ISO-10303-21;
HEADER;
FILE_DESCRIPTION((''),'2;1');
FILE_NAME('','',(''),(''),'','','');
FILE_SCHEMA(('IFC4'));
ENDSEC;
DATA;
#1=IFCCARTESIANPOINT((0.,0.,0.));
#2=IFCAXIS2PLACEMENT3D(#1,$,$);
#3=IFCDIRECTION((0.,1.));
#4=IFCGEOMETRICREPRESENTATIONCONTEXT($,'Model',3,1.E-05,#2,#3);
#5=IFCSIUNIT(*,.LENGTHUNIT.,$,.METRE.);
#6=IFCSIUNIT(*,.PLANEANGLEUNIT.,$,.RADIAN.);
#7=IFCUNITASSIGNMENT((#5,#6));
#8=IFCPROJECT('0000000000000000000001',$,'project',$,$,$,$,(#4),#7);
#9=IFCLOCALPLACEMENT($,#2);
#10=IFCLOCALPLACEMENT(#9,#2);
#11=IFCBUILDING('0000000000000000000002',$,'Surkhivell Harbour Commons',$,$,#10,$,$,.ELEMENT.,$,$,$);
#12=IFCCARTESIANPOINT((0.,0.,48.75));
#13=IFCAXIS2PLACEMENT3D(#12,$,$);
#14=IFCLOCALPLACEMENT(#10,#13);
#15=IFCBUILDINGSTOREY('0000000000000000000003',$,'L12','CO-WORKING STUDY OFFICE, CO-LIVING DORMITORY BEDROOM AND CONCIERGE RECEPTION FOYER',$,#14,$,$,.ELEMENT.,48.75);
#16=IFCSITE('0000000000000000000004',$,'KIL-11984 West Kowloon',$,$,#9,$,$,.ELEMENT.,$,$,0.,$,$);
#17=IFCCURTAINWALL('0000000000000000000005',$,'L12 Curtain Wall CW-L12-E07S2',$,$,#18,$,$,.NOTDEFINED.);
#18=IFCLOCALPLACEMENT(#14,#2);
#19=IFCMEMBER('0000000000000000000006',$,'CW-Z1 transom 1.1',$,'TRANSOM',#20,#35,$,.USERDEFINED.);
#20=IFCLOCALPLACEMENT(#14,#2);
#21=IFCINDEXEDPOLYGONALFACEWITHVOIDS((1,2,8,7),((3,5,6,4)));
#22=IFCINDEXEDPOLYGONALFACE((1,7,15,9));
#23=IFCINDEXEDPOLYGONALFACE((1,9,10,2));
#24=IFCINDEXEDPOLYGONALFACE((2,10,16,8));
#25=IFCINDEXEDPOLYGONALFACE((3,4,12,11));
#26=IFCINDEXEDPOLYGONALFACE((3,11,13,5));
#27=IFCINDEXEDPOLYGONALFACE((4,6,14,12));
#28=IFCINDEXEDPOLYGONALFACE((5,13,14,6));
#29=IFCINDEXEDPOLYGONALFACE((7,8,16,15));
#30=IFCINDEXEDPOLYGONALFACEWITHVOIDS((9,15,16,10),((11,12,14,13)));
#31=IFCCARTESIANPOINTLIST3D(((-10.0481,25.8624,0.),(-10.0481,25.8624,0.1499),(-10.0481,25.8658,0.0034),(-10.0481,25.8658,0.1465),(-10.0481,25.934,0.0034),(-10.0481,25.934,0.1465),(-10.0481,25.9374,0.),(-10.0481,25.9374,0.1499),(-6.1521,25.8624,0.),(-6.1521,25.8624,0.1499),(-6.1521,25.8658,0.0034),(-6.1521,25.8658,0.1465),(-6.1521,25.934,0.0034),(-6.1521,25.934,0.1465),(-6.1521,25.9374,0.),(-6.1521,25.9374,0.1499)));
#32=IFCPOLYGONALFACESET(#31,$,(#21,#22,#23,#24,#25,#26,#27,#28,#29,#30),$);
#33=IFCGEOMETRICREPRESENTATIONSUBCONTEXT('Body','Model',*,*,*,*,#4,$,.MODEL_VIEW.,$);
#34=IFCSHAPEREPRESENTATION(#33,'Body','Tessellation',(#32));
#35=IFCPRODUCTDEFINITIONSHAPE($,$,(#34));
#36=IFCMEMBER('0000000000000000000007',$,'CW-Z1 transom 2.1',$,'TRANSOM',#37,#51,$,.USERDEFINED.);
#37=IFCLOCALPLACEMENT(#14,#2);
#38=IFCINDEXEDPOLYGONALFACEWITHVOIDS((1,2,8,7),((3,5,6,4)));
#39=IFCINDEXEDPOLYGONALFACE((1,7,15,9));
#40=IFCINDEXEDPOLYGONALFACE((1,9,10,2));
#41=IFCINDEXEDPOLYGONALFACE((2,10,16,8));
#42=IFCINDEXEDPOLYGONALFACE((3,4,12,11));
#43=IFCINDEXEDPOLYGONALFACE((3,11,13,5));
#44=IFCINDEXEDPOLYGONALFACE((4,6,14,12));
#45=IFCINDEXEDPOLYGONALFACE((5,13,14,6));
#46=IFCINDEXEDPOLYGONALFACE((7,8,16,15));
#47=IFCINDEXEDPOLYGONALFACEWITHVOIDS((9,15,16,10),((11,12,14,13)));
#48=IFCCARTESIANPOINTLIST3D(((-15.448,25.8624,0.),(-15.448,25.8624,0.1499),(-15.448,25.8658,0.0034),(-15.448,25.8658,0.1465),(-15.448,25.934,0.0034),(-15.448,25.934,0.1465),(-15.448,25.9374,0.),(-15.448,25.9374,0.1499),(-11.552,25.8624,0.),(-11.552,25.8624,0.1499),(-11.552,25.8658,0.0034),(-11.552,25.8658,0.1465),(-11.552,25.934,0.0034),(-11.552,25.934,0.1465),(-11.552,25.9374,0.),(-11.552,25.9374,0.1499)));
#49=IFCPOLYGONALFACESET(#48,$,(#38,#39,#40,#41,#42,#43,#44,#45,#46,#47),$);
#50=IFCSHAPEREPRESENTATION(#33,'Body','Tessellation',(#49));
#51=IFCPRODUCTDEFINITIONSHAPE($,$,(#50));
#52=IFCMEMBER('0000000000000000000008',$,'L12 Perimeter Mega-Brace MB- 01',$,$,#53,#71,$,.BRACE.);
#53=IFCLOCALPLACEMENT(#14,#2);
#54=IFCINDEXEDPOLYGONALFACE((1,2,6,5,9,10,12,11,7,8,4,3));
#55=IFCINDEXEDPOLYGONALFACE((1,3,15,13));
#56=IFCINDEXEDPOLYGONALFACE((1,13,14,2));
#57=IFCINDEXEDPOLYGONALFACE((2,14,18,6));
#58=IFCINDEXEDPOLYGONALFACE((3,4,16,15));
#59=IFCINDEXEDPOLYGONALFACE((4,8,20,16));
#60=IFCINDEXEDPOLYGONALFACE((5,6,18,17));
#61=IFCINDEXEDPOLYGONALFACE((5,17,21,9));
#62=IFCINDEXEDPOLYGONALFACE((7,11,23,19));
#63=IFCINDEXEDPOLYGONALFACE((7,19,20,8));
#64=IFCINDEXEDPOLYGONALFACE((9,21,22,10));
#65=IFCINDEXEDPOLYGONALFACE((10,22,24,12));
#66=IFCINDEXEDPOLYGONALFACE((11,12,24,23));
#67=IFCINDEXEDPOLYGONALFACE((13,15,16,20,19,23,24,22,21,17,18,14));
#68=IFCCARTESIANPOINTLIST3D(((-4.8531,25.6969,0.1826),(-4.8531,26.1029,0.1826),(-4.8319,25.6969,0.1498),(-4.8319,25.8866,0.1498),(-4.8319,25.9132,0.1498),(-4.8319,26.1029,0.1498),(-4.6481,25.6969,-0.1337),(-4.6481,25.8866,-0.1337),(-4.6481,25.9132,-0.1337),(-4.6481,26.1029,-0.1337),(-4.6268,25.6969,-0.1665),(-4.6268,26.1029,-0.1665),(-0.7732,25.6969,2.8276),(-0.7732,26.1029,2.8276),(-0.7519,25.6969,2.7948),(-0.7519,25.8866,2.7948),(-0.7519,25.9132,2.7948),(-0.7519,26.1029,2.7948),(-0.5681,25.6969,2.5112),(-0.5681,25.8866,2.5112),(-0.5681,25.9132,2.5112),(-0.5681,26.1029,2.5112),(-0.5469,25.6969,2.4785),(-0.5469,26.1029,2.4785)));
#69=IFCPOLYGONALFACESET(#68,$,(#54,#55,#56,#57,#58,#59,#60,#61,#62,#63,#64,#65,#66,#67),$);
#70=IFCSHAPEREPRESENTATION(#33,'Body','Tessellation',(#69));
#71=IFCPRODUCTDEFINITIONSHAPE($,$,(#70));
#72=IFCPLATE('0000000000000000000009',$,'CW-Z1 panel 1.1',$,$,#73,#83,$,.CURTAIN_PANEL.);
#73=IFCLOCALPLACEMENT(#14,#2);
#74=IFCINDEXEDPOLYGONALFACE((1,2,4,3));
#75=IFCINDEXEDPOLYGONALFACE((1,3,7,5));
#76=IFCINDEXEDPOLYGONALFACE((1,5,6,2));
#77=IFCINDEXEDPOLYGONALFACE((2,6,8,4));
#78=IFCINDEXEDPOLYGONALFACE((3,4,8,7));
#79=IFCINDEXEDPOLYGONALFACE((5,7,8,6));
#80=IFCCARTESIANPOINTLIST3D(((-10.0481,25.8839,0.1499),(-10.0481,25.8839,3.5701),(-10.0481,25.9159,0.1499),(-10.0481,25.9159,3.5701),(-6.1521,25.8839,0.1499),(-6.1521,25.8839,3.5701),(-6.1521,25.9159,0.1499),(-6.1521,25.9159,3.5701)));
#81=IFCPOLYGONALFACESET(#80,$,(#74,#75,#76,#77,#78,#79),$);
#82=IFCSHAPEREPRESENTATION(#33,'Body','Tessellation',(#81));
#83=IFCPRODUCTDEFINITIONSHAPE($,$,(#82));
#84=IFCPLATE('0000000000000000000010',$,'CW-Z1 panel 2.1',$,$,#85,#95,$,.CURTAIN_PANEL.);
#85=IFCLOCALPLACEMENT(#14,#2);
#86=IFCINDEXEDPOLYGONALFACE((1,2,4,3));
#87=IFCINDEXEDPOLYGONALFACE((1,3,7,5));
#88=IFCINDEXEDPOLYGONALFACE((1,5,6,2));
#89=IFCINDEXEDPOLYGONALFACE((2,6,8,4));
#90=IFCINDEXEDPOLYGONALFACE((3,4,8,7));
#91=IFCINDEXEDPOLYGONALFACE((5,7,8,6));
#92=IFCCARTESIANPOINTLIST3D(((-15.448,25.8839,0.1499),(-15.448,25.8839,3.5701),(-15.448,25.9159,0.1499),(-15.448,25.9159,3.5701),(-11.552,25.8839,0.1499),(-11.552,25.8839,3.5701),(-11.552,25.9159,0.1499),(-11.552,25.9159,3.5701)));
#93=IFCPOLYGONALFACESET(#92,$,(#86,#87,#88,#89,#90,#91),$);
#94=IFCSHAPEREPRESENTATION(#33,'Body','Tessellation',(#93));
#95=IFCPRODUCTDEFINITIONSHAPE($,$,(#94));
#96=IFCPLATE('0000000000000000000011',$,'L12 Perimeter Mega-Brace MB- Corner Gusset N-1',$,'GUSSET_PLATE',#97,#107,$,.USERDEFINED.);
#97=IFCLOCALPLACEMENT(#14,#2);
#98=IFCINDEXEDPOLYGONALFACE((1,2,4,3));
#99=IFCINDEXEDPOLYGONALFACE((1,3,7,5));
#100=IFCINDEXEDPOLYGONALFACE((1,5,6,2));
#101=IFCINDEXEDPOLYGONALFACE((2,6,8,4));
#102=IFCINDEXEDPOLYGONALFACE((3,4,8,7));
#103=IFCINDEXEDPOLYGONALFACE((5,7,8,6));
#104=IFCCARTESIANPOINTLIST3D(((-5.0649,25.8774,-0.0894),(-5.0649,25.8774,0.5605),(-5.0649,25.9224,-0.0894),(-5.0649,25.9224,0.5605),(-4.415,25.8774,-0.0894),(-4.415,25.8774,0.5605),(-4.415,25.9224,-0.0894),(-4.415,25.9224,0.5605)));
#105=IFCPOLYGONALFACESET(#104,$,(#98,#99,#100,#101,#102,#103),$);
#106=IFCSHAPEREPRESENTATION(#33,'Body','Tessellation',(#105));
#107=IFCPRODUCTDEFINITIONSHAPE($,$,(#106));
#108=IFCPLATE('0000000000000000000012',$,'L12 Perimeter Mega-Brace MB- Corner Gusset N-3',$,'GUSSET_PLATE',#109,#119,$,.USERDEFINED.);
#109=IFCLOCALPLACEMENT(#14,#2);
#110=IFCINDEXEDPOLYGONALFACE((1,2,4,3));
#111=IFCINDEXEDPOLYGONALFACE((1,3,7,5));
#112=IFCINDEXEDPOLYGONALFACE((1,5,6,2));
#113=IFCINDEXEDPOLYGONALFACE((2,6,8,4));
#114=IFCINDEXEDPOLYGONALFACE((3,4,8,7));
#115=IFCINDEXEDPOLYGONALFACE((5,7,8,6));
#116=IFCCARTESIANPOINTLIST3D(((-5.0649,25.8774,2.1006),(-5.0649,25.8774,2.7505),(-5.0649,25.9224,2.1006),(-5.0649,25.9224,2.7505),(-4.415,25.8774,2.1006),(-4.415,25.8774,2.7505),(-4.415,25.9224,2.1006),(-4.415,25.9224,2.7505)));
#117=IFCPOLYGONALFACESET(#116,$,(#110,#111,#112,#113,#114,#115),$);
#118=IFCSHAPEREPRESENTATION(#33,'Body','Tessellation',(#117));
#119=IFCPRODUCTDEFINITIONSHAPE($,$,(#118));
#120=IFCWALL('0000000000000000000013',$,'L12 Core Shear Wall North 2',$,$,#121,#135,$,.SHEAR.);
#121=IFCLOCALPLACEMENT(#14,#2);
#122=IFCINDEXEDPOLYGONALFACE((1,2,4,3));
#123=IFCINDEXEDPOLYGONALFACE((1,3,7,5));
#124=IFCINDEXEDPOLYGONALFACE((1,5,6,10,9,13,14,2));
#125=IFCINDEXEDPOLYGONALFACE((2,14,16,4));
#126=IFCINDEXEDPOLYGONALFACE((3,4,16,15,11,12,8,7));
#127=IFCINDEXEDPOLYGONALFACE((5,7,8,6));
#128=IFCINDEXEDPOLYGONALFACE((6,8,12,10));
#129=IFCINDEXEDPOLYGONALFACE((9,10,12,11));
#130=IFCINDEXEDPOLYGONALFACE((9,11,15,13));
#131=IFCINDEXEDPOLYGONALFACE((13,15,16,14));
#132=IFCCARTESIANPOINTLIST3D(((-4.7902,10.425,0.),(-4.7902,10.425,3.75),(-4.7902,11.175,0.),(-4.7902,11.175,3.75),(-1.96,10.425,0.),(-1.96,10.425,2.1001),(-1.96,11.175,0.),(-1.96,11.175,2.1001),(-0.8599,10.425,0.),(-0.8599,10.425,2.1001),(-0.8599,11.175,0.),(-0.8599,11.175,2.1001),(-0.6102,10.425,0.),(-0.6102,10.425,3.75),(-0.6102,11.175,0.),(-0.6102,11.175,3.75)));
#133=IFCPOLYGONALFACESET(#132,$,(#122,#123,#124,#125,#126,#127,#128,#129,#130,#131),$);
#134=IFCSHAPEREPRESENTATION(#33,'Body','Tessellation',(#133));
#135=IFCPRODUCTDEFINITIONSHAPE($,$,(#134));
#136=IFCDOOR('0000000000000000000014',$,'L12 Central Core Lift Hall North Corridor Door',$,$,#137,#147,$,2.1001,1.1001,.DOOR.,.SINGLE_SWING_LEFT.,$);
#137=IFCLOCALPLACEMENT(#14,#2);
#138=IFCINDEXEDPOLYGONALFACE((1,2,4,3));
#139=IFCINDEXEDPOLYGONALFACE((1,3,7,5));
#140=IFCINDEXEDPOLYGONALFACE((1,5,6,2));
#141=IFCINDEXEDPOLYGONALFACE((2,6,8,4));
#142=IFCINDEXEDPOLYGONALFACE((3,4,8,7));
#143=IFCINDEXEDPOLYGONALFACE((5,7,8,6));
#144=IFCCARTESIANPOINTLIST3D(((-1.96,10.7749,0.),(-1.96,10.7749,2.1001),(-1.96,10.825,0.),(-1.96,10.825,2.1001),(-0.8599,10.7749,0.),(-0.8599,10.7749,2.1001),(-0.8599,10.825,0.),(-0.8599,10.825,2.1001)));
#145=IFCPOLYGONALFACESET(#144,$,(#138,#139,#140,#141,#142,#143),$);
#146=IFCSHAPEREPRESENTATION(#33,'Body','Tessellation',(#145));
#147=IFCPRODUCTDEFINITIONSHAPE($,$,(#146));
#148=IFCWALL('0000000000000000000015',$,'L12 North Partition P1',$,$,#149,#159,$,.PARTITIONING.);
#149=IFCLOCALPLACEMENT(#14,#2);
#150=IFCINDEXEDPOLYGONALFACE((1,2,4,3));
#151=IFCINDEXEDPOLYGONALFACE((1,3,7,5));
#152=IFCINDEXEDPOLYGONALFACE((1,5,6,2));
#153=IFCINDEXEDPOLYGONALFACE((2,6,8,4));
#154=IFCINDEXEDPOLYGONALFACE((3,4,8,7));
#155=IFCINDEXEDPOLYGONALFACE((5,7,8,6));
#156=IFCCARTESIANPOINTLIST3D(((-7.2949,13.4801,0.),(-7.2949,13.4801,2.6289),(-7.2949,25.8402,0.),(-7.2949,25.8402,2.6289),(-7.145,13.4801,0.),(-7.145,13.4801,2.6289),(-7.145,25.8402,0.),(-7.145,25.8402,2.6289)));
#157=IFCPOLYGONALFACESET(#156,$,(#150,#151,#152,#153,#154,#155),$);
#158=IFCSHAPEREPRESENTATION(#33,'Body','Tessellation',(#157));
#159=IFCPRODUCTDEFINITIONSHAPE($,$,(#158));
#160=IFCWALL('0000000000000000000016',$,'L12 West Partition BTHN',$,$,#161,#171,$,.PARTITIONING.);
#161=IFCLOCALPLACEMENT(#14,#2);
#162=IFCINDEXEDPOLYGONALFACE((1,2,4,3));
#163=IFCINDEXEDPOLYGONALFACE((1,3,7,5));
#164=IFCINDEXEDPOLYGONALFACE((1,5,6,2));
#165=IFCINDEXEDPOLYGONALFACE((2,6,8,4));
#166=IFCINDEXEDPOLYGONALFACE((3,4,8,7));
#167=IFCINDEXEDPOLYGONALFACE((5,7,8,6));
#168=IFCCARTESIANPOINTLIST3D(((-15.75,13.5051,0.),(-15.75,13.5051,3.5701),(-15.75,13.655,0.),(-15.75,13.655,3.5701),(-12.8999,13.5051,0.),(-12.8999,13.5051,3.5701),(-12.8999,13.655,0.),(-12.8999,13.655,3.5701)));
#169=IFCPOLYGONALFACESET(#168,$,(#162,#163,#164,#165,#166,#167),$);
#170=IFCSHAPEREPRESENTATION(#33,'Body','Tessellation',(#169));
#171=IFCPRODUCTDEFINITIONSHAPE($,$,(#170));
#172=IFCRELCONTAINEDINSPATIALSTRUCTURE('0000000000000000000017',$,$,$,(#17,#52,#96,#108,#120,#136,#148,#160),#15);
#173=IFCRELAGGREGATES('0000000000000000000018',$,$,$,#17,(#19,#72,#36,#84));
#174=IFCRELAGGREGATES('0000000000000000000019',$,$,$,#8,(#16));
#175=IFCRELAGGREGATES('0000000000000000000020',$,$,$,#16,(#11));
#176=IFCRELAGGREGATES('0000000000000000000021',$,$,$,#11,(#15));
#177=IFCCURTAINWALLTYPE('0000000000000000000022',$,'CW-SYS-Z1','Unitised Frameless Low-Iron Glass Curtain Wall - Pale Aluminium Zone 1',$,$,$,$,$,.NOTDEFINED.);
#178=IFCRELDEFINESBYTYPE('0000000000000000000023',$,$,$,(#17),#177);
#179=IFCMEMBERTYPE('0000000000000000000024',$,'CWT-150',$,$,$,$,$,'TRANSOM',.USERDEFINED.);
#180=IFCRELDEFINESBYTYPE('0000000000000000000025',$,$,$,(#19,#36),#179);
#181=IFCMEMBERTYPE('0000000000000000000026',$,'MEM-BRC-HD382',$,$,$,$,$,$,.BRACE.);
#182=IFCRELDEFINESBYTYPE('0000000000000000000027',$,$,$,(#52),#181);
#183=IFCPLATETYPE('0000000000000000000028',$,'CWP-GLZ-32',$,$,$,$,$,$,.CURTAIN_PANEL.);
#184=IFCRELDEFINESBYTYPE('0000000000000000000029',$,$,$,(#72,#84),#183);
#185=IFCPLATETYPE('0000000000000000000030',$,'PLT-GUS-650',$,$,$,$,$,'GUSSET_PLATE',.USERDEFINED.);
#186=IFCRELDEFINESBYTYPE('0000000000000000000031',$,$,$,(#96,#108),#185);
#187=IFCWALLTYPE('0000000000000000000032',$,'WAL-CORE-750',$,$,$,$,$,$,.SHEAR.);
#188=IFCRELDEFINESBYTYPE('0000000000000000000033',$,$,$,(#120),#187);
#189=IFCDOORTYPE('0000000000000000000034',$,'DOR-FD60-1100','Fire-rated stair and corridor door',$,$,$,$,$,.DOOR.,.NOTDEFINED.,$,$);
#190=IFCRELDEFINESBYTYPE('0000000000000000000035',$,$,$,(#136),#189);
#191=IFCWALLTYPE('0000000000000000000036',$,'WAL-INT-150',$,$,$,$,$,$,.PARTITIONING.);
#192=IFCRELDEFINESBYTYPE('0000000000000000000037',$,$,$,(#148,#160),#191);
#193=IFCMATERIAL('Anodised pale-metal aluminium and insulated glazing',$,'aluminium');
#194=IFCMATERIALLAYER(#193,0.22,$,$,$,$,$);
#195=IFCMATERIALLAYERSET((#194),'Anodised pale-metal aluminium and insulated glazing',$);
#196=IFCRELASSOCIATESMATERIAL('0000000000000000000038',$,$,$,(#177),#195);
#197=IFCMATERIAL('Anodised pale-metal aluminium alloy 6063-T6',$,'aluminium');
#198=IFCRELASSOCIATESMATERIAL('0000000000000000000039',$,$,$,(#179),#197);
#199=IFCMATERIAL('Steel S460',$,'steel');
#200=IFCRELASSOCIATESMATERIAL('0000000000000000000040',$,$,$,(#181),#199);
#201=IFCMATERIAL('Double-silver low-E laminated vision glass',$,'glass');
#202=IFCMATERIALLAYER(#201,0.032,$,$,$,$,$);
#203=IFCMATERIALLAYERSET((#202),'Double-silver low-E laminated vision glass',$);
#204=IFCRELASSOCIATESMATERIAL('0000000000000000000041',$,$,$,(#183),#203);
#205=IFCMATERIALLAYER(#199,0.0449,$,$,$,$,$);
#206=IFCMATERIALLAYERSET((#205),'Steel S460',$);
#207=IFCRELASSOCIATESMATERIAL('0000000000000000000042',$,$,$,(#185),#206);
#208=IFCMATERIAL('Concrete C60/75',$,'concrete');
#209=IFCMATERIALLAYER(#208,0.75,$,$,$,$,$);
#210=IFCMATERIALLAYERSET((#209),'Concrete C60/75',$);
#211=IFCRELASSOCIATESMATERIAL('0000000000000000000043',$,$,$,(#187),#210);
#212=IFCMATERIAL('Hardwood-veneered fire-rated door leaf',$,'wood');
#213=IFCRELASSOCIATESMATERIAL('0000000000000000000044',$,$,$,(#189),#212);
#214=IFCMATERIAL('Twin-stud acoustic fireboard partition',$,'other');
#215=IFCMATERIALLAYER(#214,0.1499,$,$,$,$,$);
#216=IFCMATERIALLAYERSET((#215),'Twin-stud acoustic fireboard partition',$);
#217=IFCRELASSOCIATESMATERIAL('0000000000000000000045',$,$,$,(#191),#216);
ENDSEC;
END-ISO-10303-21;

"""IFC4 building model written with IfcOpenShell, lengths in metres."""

from ifc_helpers import new_model, si_unit, direction, frame, frame_2d, origin, origin_2d, place, context, subcontext, project, spatial, rectangle, hollow_rectangle, i_section, extrude, material, layer, layer_set, material_profile, profile_set, type_object, element, fill, aggregate, save


model = new_model("IFC4")

# Units and contexts
model_context = context("Model", 3, precision=1e-05, world=origin(), true_north=direction((0.0, 1.0)))
body_context = subcontext(model_context, "Body", "Model", "MODEL_VIEW")
ifc_project = project(units=[si_unit("LENGTHUNIT", "METRE"), si_unit("PLANEANGLEUNIT", "RADIAN")], contexts=[model_context])

# Site, building, storey
site_placement = place(None, origin())
site = spatial("IfcSite", under=ifc_project, at=site_placement, Name="KIL-11984 West Kowloon", CompositionType="ELEMENT", RefElevation=0.0)
building_placement = place(site_placement, origin())
building = spatial("IfcBuilding", under=site, at=building_placement, Name="Surkhivell Harbour Commons", CompositionType="ELEMENT")
storey_placement = place(building_placement, frame((0.0, 0.0, 48.75)))
storey = spatial("IfcBuildingStorey", under=building, at=storey_placement, Name="L12", Description="CO-WORKING STUDY OFFICE, CO-LIVING DORMITORY BEDROOM AND CONCIERGE RECEPTION FOYER", CompositionType="ELEMENT", Elevation=48.75)

# Shared definitions
ifc_material_1 = material(Name="Steel S460", Category="steel")

# Curtain wall, members
ifc_material_2 = material(Name="Anodised pale-metal aluminium and insulated glazing", Category="aluminium")
ifc_layer_1 = layer(ifc_material_2, 0.22)
ifc_layer_set_1 = layer_set([ifc_layer_1], Name="Anodised pale-metal aluminium and insulated glazing")
curtain_wall_type = type_object("IfcCurtainWallType", Name="CW-SYS-Z1", Description="Unitised Frameless Low-Iron Glass Curtain Wall - Pale Aluminium Zone 1", PredefinedType="NOTDEFINED", material=ifc_layer_set_1)
curtain_wall_placement = place(storey_placement, origin())
curtain_wall = element("IfcCurtainWall", 1, at=curtain_wall_placement, inside=storey, type_object=curtain_wall_type, Name="L12 Curtain Wall CW-L12-E07S2", PredefinedType="NOTDEFINED")
ifc_material_3 = material(Name="Anodised pale-metal aluminium alloy 6063-T6", Category="aluminium")
ifc_material_profile_1 = material_profile(ifc_material_3, hollow_rectangle(XDim=0.075, YDim=0.1499, WallThickness=0.0034, at=origin_2d()), Name="ALU-TRAN-75x150")
ifc_profile_set_1 = profile_set([ifc_material_profile_1], Name="Anodised pale-metal aluminium alloy 6063-T6")
member_type_1 = type_object("IfcMemberType", Name="CWT-150", ElementType="TRANSOM", PredefinedType="USERDEFINED", material=ifc_profile_set_1)
member_1_placement = place(storey_placement, frame((-6.1521, 25.8999, 0.075), z_axis=(-1.0, 0.0, 0.0), x_axis=(0.0, -1.0, 0.0)))
member_1 = element("IfcMember", 2, at=member_1_placement, type_object=member_type_1, Name="CW-Z1 transom 1.1", ObjectType="TRANSOM", PredefinedType="USERDEFINED", context=body_context, shape_type="SweptSolid", body=[
    extrude(hollow_rectangle(XDim=0.075, YDim=0.1499, WallThickness=0.0034, at=origin_2d()), origin(), (0.0, 0.0, 1.0), 3.896),
])
member_2_placement = place(storey_placement, frame((-11.552, 25.8999, 0.075), z_axis=(-1.0, 0.0, 0.0), x_axis=(0.0, -1.0, 0.0)))
member_2 = element("IfcMember", 3, at=member_2_placement, type_object=member_type_1, Name="CW-Z1 transom 2.1", ObjectType="TRANSOM", PredefinedType="USERDEFINED", context=body_context, shape_type="SweptSolid", body=[
    extrude(hollow_rectangle(XDim=0.075, YDim=0.1499, WallThickness=0.0034, at=origin_2d()), origin(), (0.0, 0.0, 1.0), 3.896),
])

# Member
ifc_material_profile_2 = material_profile(ifc_material_1, i_section(OverallWidth=0.406, OverallDepth=0.416, WebThickness=0.0266, FlangeThickness=0.0391, at=origin_2d()), Name="HD400x382")
ifc_profile_set_2 = profile_set([ifc_material_profile_2], Name="Steel S460")
member_type_2 = type_object("IfcMemberType", Name="MEM-BRC-HD382", PredefinedType="BRACE", material=ifc_profile_set_2)
member_3_placement = place(storey_placement, frame((-4.74, 25.8999, 0.0081), z_axis=(0.839104, 0.0, 0.543971), x_axis=(0.0, 1.0, 0.0)))
element("IfcMember", 4, at=member_3_placement, inside=storey, type_object=member_type_2, Name="L12 Perimeter Mega-Brace MB- 01", PredefinedType="BRACE", context=body_context, shape_type="SweptSolid", body=[
    extrude(i_section(OverallWidth=0.406, OverallDepth=0.416, WebThickness=0.0266, FlangeThickness=0.0391, at=origin_2d()), origin(), (0.0, 0.0, 1.0), 4.8623),
])

# Plates
ifc_material_4 = material(Name="Double-silver low-E laminated vision glass", Category="glass")
ifc_layer_2 = layer(ifc_material_4, 0.032)
ifc_layer_set_2 = layer_set([ifc_layer_2], Name="Double-silver low-E laminated vision glass")
plate_type_1 = type_object("IfcPlateType", Name="CWP-GLZ-32", PredefinedType="CURTAIN_PANEL", material=ifc_layer_set_2)
plate_1_placement = place(storey_placement, frame((-6.1521, 25.8999, 0.1499), z_axis=(0.0, 0.0, 1.0), x_axis=(-1.0, 0.0, 0.0)))
plate_1 = element("IfcPlate", 5, at=plate_1_placement, type_object=plate_type_1, Name="CW-Z1 panel 1.1", PredefinedType="CURTAIN_PANEL", context=body_context, shape_type="SweptSolid", body=[
    extrude(rectangle(XDim=3.896, YDim=0.032, at=frame_2d((1.948, 0.0))), origin(), (0.0, 0.0, 1.0), 3.4202),
])
plate_2_placement = place(storey_placement, frame((-11.552, 25.8999, 0.1499), z_axis=(0.0, 0.0, 1.0), x_axis=(-1.0, 0.0, 0.0)))
plate_2 = element("IfcPlate", 6, at=plate_2_placement, type_object=plate_type_1, Name="CW-Z1 panel 2.1", PredefinedType="CURTAIN_PANEL", context=body_context, shape_type="SweptSolid", body=[
    extrude(rectangle(XDim=3.896, YDim=0.032, at=frame_2d((1.948, 0.0))), origin(), (0.0, 0.0, 1.0), 3.4202),
])
aggregate(curtain_wall, [member_1, plate_1, member_2, plate_2])

# Plates
ifc_layer_3 = layer(ifc_material_1, 0.0449)
ifc_layer_set_3 = layer_set([ifc_layer_3], Name="Steel S460")
plate_type_2 = type_object("IfcPlateType", Name="PLT-GUS-650", ElementType="GUSSET_PLATE", PredefinedType="USERDEFINED", material=ifc_layer_set_3)
for number, where, z_axis, x_axis, name in (
    (7, (-4.74, 25.8999, -0.0894), (0.0, 0.0, 1.0), (1.0, 0.0, 0.0), "L12 Perimeter Mega-Brace MB- Corner Gusset N-1"),
    (8, (-4.74, 25.8999, 2.1006), (0.0, 0.0, 1.0), (1.0, 0.0, 0.0), "L12 Perimeter Mega-Brace MB- Corner Gusset N-3"),
):
    element("IfcPlate", number, at=place(storey_placement, frame(where, z_axis=z_axis, x_axis=x_axis)), inside=storey, type_object=plate_type_2, Name=name, ObjectType="GUSSET_PLATE", PredefinedType="USERDEFINED", context=body_context, shape_type="SweptSolid", body=[
        extrude(rectangle(XDim=0.6499, YDim=0.0449, at=origin_2d()), origin(), (0.0, 0.0, 1.0), 0.6499),
    ])

# Wall, opening, door
ifc_material_5 = material(Name="Concrete C60/75", Category="concrete")
ifc_layer_4 = layer(ifc_material_5, 0.75)
ifc_layer_set_4 = layer_set([ifc_layer_4], Name="Concrete C60/75")
wall_type_1 = type_object("IfcWallType", Name="WAL-CORE-750", PredefinedType="SHEAR", material=ifc_layer_set_4)
wall_1_placement = place(storey_placement, frame((-4.79, 10.8, 0.0), z_axis=(0.0, 0.0, 1.0), x_axis=(1.0, 0.0, 0.0)))
wall_1 = element("IfcWall", 9, at=wall_1_placement, inside=storey, type_object=wall_type_1, Name="L12 Core Shear Wall North 2", PredefinedType="SHEAR", context=body_context, shape_type="SweptSolid", body=[
    extrude(rectangle(XDim=4.1799, YDim=0.75, at=frame_2d((2.0898, 0.0))), origin(), (0.0, 0.0, 1.0), 3.75),
])
opening_1_placement = place(wall_1_placement, frame((2.8301, 0.0, 0.0)))
opening_1 = element("IfcOpeningElement", 10, at=opening_1_placement, cuts=wall_1, PredefinedType="OPENING", context=body_context, shape_type="SweptSolid", body=[
    extrude(rectangle(XDim=1.1001, YDim=2.1001, at=frame_2d((0.55, 1.05))), frame((0.0, 0.385, 0.0), z_axis=(0.0, -1.0, 0.0), x_axis=(1.0, 0.0, 0.0)), (0.0, 0.0, 1.0), 0.77),
])
ifc_material_6 = material(Name="Hardwood-veneered fire-rated door leaf", Category="wood")
door_type_1 = type_object("IfcDoorType", Name="DOR-FD60-1100", Description="Fire-rated stair and corridor door", OperationType="NOTDEFINED", PredefinedType="DOOR", material=ifc_material_6)
door_1_placement = place(opening_1_placement, origin())
door_1 = element("IfcDoor", 11, at=door_1_placement, inside=storey, type_object=door_type_1, Name="L12 Central Core Lift Hall North Corridor Door", OperationType="SINGLE_SWING_LEFT", OverallHeight=2.1001, OverallWidth=1.1001, PredefinedType="DOOR", context=body_context, shape_type="SweptSolid", body=[
    extrude(rectangle(XDim=1.1001, YDim=2.1001, at=frame_2d((0.55, 1.05))), frame((0.0, 0.0249, 0.0), z_axis=(0.0, -1.0, 0.0), x_axis=(1.0, 0.0, 0.0)), (0.0, 0.0, 1.0), 0.05),
])
fill(opening_1, door_1)

# Walls
ifc_material_7 = material(Name="Twin-stud acoustic fireboard partition", Category="other")
ifc_layer_5 = layer(ifc_material_7, 0.1499)
ifc_layer_set_5 = layer_set([ifc_layer_5], Name="Twin-stud acoustic fireboard partition")
wall_type_2 = type_object("IfcWallType", Name="WAL-INT-150", PredefinedType="PARTITIONING", material=ifc_layer_set_5)
wall_2_placement = place(storey_placement, frame((-7.22, 13.48, 0.0), z_axis=(0.0, 0.0, 1.0), x_axis=(0.0, 1.0, 0.0)))
element("IfcWall", 12, at=wall_2_placement, inside=storey, type_object=wall_type_2, Name="L12 North Partition P1", PredefinedType="PARTITIONING", context=body_context, shape_type="SweptSolid", body=[
    extrude(rectangle(XDim=12.3601, YDim=0.1499, at=frame_2d((6.1802, 0.0))), origin(), (0.0, 0.0, 1.0), 2.6289),
])
wall_3_placement = place(storey_placement, frame((-15.75, 13.5801, 0.0), z_axis=(0.0, 0.0, 1.0), x_axis=(1.0, 0.0, 0.0)))
element("IfcWall", 13, at=wall_3_placement, inside=storey, type_object=wall_type_2, Name="L12 West Partition BTHN", PredefinedType="PARTITIONING", context=body_context, shape_type="SweptSolid", body=[
    extrude(rectangle(XDim=2.8501, YDim=0.1499, at=frame_2d((1.425, 0.0))), origin(), (0.0, 0.0, 1.0), 3.5701),
])

save(model, "model.ifc")
